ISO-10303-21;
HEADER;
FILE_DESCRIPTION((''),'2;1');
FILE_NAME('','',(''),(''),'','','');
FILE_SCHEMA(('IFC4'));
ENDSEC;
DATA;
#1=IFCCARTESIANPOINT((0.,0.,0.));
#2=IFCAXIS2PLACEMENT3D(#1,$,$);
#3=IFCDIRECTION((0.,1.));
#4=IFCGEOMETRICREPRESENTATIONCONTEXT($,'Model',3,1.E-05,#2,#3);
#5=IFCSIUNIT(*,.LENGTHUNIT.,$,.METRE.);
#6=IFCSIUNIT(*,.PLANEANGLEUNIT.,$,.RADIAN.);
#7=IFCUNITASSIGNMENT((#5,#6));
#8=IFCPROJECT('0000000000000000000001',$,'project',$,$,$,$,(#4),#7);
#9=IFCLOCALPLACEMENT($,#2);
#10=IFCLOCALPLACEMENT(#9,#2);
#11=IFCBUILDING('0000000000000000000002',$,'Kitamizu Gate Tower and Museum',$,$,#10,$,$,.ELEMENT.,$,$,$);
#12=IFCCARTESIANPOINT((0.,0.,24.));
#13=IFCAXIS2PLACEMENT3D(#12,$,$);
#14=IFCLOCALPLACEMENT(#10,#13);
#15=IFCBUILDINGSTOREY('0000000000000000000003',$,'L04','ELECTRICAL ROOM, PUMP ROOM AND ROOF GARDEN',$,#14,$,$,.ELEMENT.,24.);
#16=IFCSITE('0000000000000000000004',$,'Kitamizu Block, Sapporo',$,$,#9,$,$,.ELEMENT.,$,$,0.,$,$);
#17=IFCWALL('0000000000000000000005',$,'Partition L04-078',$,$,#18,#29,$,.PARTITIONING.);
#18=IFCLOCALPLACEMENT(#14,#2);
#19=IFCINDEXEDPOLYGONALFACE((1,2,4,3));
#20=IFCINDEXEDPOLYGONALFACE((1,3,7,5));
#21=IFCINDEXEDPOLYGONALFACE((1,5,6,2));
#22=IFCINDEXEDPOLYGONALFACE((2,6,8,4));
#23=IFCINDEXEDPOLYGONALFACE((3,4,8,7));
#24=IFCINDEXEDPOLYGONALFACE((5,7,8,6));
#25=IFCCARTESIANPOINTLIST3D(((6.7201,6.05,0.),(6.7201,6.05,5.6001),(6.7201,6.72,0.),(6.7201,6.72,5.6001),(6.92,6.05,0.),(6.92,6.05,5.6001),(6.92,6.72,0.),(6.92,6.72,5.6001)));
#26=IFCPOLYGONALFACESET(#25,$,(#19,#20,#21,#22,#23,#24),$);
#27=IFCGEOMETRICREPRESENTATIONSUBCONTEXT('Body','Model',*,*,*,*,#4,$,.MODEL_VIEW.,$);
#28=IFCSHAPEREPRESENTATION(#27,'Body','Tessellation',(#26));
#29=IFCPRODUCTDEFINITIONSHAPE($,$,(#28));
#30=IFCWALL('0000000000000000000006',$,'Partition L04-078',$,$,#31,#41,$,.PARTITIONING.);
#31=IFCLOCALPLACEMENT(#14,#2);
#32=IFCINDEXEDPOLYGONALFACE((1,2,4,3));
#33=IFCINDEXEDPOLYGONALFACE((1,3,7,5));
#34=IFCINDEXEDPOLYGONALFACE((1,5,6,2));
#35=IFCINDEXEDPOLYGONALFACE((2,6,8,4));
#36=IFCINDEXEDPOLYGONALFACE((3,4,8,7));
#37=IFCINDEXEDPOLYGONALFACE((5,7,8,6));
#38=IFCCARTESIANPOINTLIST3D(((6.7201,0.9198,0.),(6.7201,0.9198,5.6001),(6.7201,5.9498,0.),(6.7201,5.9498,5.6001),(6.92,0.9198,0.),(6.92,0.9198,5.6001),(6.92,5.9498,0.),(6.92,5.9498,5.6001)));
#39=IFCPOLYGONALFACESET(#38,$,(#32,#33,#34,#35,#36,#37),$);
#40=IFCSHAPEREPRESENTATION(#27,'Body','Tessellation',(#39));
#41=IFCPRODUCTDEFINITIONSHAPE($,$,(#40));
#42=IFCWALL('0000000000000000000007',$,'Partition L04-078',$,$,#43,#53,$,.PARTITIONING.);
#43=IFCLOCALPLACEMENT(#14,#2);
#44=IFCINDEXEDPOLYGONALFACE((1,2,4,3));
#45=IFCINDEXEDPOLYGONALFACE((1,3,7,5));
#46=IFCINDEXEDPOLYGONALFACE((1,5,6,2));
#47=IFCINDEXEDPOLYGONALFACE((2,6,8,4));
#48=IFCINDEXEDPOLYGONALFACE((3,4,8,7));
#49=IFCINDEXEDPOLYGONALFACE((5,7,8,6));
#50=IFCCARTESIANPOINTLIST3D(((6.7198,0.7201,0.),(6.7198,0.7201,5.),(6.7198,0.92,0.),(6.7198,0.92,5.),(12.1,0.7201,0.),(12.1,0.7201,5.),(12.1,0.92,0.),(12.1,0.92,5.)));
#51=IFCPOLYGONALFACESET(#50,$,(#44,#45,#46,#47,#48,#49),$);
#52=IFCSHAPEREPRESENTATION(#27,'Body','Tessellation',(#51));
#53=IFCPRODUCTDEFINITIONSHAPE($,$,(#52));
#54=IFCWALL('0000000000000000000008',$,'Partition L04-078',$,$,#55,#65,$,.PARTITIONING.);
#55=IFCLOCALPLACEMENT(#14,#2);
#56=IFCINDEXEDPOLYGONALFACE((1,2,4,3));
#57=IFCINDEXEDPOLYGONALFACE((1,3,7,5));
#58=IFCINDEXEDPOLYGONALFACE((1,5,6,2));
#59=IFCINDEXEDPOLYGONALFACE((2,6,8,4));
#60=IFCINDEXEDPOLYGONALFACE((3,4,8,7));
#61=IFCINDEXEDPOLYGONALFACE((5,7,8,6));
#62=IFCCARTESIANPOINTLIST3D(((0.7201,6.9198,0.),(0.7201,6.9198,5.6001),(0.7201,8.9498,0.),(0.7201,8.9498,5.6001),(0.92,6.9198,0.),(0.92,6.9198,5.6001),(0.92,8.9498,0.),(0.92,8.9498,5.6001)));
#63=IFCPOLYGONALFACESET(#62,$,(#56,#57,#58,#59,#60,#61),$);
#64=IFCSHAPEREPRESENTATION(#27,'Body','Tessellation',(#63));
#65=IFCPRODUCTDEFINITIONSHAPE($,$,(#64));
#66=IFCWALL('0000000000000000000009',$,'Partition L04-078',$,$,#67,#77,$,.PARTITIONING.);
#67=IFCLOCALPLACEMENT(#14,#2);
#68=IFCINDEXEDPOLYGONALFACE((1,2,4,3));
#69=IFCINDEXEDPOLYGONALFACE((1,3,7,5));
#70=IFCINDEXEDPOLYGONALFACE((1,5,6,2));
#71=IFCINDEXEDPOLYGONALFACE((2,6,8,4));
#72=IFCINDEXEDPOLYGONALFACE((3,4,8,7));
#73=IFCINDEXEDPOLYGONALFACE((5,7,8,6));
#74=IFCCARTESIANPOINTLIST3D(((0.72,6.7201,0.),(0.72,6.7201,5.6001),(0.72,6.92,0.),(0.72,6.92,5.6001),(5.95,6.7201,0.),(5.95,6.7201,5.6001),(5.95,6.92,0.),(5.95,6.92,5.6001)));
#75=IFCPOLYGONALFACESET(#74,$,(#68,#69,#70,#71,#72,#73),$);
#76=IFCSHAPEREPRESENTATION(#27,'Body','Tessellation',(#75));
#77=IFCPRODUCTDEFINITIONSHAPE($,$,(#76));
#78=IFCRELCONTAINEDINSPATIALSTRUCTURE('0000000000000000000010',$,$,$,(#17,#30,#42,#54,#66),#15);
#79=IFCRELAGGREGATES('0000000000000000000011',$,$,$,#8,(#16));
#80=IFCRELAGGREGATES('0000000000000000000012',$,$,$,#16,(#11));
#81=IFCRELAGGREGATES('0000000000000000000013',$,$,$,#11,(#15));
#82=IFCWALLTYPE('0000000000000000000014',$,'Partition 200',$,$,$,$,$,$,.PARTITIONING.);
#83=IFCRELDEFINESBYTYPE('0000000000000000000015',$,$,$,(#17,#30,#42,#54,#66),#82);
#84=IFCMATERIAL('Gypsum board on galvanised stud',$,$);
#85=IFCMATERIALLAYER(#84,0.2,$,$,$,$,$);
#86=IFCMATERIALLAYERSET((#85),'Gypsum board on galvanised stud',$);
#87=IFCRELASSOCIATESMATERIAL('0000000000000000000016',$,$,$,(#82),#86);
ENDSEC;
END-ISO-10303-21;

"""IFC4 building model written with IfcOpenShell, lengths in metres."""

from ifc_helpers import new_model, si_unit, direction, frame, frame_2d, origin, place, context, subcontext, project, spatial, rectangle, extrude, material, layer, layer_set, type_object, element, save


model = new_model("IFC4")

# Units and contexts
model_context = context("Model", 3, precision=1e-05, world=origin(), true_north=direction((0.0, 1.0)))
body_context = subcontext(model_context, "Body", "Model", "MODEL_VIEW")
ifc_project = project(units=[si_unit("LENGTHUNIT", "METRE"), si_unit("PLANEANGLEUNIT", "RADIAN")], contexts=[model_context])

# Site, building, storey
site_placement = place(None, origin())
site = spatial("IfcSite", under=ifc_project, at=site_placement, Name="Kitamizu Block, Sapporo", CompositionType="ELEMENT", RefElevation=0.0)
building_placement = place(site_placement, origin())
building = spatial("IfcBuilding", under=site, at=building_placement, Name="Kitamizu Gate Tower and Museum", CompositionType="ELEMENT")
storey_placement = place(building_placement, frame((0.0, 0.0, 24.0)))
storey = spatial("IfcBuildingStorey", under=building, at=storey_placement, Name="L04", Description="ELECTRICAL ROOM, PUMP ROOM AND ROOF GARDEN", CompositionType="ELEMENT", Elevation=24.0)

# Shared definitions
ifc_material_1 = material(Name="Gypsum board on galvanised stud")
ifc_layer_1 = layer(ifc_material_1, 0.2)
ifc_layer_set_1 = layer_set([ifc_layer_1], Name="Gypsum board on galvanised stud")
wall_type_1 = type_object("IfcWallType", Name="Partition 200", PredefinedType="PARTITIONING", material=ifc_layer_set_1)

# Walls
wall_1_placement = place(storey_placement, frame((6.8201, 6.72, 0.0), z_axis=(0.0, 0.0, 1.0), x_axis=(0.0, -1.0, 0.0)))
element("IfcWall", 1, at=wall_1_placement, inside=storey, type_object=wall_type_1, Name="Partition L04-078", PredefinedType="PARTITIONING", context=body_context, shape_type="SweptSolid", body=[
    extrude(rectangle(XDim=0.6699, YDim=0.2, at=frame_2d((0.335, 0.0))), origin(), (0.0, 0.0, 1.0), 5.6001),
])
wall_2_placement = place(storey_placement, frame((6.8201, 5.95, 0.0), z_axis=(0.0, 0.0, 1.0), x_axis=(0.0, -1.0, 0.0)))
element("IfcWall", 2, at=wall_2_placement, inside=storey, type_object=wall_type_1, Name="Partition L04-078", PredefinedType="PARTITIONING", context=body_context, shape_type="SweptSolid", body=[
    extrude(rectangle(XDim=5.03, YDim=0.2, at=frame_2d((2.5151, 0.0))), origin(), (0.0, 0.0, 1.0), 5.6001),
])
wall_3_placement = place(storey_placement, frame((6.72, 0.8201, 0.0), z_axis=(0.0, 0.0, 1.0), x_axis=(1.0, 0.0, 0.0)))
element("IfcWall", 3, at=wall_3_placement, inside=storey, type_object=wall_type_1, Name="Partition L04-078", PredefinedType="PARTITIONING", context=body_context, shape_type="SweptSolid", body=[
    extrude(rectangle(XDim=5.3801, YDim=0.2, at=frame_2d((2.6899, 0.0))), origin(), (0.0, 0.0, 1.0), 5.0),
])
wall_4_placement = place(storey_placement, frame((0.8201, 8.95, 0.0), z_axis=(0.0, 0.0, 1.0), x_axis=(0.0, -1.0, 0.0)))
element("IfcWall", 4, at=wall_4_placement, inside=storey, type_object=wall_type_1, Name="Partition L04-078", PredefinedType="PARTITIONING", context=body_context, shape_type="SweptSolid", body=[
    extrude(rectangle(XDim=2.03, YDim=0.2, at=frame_2d((1.0151, 0.0))), origin(), (0.0, 0.0, 1.0), 5.6001),
])
wall_5_placement = place(storey_placement, frame((0.72, 6.8201, 0.0), z_axis=(0.0, 0.0, 1.0), x_axis=(1.0, 0.0, 0.0)))
element("IfcWall", 5, at=wall_5_placement, inside=storey, type_object=wall_type_1, Name="Partition L04-078", PredefinedType="PARTITIONING", context=body_context, shape_type="SweptSolid", body=[
    extrude(rectangle(XDim=5.23, YDim=0.2, at=frame_2d((2.615, 0.0))), origin(), (0.0, 0.0, 1.0), 5.6001),
])

save(model, "model.ifc")
